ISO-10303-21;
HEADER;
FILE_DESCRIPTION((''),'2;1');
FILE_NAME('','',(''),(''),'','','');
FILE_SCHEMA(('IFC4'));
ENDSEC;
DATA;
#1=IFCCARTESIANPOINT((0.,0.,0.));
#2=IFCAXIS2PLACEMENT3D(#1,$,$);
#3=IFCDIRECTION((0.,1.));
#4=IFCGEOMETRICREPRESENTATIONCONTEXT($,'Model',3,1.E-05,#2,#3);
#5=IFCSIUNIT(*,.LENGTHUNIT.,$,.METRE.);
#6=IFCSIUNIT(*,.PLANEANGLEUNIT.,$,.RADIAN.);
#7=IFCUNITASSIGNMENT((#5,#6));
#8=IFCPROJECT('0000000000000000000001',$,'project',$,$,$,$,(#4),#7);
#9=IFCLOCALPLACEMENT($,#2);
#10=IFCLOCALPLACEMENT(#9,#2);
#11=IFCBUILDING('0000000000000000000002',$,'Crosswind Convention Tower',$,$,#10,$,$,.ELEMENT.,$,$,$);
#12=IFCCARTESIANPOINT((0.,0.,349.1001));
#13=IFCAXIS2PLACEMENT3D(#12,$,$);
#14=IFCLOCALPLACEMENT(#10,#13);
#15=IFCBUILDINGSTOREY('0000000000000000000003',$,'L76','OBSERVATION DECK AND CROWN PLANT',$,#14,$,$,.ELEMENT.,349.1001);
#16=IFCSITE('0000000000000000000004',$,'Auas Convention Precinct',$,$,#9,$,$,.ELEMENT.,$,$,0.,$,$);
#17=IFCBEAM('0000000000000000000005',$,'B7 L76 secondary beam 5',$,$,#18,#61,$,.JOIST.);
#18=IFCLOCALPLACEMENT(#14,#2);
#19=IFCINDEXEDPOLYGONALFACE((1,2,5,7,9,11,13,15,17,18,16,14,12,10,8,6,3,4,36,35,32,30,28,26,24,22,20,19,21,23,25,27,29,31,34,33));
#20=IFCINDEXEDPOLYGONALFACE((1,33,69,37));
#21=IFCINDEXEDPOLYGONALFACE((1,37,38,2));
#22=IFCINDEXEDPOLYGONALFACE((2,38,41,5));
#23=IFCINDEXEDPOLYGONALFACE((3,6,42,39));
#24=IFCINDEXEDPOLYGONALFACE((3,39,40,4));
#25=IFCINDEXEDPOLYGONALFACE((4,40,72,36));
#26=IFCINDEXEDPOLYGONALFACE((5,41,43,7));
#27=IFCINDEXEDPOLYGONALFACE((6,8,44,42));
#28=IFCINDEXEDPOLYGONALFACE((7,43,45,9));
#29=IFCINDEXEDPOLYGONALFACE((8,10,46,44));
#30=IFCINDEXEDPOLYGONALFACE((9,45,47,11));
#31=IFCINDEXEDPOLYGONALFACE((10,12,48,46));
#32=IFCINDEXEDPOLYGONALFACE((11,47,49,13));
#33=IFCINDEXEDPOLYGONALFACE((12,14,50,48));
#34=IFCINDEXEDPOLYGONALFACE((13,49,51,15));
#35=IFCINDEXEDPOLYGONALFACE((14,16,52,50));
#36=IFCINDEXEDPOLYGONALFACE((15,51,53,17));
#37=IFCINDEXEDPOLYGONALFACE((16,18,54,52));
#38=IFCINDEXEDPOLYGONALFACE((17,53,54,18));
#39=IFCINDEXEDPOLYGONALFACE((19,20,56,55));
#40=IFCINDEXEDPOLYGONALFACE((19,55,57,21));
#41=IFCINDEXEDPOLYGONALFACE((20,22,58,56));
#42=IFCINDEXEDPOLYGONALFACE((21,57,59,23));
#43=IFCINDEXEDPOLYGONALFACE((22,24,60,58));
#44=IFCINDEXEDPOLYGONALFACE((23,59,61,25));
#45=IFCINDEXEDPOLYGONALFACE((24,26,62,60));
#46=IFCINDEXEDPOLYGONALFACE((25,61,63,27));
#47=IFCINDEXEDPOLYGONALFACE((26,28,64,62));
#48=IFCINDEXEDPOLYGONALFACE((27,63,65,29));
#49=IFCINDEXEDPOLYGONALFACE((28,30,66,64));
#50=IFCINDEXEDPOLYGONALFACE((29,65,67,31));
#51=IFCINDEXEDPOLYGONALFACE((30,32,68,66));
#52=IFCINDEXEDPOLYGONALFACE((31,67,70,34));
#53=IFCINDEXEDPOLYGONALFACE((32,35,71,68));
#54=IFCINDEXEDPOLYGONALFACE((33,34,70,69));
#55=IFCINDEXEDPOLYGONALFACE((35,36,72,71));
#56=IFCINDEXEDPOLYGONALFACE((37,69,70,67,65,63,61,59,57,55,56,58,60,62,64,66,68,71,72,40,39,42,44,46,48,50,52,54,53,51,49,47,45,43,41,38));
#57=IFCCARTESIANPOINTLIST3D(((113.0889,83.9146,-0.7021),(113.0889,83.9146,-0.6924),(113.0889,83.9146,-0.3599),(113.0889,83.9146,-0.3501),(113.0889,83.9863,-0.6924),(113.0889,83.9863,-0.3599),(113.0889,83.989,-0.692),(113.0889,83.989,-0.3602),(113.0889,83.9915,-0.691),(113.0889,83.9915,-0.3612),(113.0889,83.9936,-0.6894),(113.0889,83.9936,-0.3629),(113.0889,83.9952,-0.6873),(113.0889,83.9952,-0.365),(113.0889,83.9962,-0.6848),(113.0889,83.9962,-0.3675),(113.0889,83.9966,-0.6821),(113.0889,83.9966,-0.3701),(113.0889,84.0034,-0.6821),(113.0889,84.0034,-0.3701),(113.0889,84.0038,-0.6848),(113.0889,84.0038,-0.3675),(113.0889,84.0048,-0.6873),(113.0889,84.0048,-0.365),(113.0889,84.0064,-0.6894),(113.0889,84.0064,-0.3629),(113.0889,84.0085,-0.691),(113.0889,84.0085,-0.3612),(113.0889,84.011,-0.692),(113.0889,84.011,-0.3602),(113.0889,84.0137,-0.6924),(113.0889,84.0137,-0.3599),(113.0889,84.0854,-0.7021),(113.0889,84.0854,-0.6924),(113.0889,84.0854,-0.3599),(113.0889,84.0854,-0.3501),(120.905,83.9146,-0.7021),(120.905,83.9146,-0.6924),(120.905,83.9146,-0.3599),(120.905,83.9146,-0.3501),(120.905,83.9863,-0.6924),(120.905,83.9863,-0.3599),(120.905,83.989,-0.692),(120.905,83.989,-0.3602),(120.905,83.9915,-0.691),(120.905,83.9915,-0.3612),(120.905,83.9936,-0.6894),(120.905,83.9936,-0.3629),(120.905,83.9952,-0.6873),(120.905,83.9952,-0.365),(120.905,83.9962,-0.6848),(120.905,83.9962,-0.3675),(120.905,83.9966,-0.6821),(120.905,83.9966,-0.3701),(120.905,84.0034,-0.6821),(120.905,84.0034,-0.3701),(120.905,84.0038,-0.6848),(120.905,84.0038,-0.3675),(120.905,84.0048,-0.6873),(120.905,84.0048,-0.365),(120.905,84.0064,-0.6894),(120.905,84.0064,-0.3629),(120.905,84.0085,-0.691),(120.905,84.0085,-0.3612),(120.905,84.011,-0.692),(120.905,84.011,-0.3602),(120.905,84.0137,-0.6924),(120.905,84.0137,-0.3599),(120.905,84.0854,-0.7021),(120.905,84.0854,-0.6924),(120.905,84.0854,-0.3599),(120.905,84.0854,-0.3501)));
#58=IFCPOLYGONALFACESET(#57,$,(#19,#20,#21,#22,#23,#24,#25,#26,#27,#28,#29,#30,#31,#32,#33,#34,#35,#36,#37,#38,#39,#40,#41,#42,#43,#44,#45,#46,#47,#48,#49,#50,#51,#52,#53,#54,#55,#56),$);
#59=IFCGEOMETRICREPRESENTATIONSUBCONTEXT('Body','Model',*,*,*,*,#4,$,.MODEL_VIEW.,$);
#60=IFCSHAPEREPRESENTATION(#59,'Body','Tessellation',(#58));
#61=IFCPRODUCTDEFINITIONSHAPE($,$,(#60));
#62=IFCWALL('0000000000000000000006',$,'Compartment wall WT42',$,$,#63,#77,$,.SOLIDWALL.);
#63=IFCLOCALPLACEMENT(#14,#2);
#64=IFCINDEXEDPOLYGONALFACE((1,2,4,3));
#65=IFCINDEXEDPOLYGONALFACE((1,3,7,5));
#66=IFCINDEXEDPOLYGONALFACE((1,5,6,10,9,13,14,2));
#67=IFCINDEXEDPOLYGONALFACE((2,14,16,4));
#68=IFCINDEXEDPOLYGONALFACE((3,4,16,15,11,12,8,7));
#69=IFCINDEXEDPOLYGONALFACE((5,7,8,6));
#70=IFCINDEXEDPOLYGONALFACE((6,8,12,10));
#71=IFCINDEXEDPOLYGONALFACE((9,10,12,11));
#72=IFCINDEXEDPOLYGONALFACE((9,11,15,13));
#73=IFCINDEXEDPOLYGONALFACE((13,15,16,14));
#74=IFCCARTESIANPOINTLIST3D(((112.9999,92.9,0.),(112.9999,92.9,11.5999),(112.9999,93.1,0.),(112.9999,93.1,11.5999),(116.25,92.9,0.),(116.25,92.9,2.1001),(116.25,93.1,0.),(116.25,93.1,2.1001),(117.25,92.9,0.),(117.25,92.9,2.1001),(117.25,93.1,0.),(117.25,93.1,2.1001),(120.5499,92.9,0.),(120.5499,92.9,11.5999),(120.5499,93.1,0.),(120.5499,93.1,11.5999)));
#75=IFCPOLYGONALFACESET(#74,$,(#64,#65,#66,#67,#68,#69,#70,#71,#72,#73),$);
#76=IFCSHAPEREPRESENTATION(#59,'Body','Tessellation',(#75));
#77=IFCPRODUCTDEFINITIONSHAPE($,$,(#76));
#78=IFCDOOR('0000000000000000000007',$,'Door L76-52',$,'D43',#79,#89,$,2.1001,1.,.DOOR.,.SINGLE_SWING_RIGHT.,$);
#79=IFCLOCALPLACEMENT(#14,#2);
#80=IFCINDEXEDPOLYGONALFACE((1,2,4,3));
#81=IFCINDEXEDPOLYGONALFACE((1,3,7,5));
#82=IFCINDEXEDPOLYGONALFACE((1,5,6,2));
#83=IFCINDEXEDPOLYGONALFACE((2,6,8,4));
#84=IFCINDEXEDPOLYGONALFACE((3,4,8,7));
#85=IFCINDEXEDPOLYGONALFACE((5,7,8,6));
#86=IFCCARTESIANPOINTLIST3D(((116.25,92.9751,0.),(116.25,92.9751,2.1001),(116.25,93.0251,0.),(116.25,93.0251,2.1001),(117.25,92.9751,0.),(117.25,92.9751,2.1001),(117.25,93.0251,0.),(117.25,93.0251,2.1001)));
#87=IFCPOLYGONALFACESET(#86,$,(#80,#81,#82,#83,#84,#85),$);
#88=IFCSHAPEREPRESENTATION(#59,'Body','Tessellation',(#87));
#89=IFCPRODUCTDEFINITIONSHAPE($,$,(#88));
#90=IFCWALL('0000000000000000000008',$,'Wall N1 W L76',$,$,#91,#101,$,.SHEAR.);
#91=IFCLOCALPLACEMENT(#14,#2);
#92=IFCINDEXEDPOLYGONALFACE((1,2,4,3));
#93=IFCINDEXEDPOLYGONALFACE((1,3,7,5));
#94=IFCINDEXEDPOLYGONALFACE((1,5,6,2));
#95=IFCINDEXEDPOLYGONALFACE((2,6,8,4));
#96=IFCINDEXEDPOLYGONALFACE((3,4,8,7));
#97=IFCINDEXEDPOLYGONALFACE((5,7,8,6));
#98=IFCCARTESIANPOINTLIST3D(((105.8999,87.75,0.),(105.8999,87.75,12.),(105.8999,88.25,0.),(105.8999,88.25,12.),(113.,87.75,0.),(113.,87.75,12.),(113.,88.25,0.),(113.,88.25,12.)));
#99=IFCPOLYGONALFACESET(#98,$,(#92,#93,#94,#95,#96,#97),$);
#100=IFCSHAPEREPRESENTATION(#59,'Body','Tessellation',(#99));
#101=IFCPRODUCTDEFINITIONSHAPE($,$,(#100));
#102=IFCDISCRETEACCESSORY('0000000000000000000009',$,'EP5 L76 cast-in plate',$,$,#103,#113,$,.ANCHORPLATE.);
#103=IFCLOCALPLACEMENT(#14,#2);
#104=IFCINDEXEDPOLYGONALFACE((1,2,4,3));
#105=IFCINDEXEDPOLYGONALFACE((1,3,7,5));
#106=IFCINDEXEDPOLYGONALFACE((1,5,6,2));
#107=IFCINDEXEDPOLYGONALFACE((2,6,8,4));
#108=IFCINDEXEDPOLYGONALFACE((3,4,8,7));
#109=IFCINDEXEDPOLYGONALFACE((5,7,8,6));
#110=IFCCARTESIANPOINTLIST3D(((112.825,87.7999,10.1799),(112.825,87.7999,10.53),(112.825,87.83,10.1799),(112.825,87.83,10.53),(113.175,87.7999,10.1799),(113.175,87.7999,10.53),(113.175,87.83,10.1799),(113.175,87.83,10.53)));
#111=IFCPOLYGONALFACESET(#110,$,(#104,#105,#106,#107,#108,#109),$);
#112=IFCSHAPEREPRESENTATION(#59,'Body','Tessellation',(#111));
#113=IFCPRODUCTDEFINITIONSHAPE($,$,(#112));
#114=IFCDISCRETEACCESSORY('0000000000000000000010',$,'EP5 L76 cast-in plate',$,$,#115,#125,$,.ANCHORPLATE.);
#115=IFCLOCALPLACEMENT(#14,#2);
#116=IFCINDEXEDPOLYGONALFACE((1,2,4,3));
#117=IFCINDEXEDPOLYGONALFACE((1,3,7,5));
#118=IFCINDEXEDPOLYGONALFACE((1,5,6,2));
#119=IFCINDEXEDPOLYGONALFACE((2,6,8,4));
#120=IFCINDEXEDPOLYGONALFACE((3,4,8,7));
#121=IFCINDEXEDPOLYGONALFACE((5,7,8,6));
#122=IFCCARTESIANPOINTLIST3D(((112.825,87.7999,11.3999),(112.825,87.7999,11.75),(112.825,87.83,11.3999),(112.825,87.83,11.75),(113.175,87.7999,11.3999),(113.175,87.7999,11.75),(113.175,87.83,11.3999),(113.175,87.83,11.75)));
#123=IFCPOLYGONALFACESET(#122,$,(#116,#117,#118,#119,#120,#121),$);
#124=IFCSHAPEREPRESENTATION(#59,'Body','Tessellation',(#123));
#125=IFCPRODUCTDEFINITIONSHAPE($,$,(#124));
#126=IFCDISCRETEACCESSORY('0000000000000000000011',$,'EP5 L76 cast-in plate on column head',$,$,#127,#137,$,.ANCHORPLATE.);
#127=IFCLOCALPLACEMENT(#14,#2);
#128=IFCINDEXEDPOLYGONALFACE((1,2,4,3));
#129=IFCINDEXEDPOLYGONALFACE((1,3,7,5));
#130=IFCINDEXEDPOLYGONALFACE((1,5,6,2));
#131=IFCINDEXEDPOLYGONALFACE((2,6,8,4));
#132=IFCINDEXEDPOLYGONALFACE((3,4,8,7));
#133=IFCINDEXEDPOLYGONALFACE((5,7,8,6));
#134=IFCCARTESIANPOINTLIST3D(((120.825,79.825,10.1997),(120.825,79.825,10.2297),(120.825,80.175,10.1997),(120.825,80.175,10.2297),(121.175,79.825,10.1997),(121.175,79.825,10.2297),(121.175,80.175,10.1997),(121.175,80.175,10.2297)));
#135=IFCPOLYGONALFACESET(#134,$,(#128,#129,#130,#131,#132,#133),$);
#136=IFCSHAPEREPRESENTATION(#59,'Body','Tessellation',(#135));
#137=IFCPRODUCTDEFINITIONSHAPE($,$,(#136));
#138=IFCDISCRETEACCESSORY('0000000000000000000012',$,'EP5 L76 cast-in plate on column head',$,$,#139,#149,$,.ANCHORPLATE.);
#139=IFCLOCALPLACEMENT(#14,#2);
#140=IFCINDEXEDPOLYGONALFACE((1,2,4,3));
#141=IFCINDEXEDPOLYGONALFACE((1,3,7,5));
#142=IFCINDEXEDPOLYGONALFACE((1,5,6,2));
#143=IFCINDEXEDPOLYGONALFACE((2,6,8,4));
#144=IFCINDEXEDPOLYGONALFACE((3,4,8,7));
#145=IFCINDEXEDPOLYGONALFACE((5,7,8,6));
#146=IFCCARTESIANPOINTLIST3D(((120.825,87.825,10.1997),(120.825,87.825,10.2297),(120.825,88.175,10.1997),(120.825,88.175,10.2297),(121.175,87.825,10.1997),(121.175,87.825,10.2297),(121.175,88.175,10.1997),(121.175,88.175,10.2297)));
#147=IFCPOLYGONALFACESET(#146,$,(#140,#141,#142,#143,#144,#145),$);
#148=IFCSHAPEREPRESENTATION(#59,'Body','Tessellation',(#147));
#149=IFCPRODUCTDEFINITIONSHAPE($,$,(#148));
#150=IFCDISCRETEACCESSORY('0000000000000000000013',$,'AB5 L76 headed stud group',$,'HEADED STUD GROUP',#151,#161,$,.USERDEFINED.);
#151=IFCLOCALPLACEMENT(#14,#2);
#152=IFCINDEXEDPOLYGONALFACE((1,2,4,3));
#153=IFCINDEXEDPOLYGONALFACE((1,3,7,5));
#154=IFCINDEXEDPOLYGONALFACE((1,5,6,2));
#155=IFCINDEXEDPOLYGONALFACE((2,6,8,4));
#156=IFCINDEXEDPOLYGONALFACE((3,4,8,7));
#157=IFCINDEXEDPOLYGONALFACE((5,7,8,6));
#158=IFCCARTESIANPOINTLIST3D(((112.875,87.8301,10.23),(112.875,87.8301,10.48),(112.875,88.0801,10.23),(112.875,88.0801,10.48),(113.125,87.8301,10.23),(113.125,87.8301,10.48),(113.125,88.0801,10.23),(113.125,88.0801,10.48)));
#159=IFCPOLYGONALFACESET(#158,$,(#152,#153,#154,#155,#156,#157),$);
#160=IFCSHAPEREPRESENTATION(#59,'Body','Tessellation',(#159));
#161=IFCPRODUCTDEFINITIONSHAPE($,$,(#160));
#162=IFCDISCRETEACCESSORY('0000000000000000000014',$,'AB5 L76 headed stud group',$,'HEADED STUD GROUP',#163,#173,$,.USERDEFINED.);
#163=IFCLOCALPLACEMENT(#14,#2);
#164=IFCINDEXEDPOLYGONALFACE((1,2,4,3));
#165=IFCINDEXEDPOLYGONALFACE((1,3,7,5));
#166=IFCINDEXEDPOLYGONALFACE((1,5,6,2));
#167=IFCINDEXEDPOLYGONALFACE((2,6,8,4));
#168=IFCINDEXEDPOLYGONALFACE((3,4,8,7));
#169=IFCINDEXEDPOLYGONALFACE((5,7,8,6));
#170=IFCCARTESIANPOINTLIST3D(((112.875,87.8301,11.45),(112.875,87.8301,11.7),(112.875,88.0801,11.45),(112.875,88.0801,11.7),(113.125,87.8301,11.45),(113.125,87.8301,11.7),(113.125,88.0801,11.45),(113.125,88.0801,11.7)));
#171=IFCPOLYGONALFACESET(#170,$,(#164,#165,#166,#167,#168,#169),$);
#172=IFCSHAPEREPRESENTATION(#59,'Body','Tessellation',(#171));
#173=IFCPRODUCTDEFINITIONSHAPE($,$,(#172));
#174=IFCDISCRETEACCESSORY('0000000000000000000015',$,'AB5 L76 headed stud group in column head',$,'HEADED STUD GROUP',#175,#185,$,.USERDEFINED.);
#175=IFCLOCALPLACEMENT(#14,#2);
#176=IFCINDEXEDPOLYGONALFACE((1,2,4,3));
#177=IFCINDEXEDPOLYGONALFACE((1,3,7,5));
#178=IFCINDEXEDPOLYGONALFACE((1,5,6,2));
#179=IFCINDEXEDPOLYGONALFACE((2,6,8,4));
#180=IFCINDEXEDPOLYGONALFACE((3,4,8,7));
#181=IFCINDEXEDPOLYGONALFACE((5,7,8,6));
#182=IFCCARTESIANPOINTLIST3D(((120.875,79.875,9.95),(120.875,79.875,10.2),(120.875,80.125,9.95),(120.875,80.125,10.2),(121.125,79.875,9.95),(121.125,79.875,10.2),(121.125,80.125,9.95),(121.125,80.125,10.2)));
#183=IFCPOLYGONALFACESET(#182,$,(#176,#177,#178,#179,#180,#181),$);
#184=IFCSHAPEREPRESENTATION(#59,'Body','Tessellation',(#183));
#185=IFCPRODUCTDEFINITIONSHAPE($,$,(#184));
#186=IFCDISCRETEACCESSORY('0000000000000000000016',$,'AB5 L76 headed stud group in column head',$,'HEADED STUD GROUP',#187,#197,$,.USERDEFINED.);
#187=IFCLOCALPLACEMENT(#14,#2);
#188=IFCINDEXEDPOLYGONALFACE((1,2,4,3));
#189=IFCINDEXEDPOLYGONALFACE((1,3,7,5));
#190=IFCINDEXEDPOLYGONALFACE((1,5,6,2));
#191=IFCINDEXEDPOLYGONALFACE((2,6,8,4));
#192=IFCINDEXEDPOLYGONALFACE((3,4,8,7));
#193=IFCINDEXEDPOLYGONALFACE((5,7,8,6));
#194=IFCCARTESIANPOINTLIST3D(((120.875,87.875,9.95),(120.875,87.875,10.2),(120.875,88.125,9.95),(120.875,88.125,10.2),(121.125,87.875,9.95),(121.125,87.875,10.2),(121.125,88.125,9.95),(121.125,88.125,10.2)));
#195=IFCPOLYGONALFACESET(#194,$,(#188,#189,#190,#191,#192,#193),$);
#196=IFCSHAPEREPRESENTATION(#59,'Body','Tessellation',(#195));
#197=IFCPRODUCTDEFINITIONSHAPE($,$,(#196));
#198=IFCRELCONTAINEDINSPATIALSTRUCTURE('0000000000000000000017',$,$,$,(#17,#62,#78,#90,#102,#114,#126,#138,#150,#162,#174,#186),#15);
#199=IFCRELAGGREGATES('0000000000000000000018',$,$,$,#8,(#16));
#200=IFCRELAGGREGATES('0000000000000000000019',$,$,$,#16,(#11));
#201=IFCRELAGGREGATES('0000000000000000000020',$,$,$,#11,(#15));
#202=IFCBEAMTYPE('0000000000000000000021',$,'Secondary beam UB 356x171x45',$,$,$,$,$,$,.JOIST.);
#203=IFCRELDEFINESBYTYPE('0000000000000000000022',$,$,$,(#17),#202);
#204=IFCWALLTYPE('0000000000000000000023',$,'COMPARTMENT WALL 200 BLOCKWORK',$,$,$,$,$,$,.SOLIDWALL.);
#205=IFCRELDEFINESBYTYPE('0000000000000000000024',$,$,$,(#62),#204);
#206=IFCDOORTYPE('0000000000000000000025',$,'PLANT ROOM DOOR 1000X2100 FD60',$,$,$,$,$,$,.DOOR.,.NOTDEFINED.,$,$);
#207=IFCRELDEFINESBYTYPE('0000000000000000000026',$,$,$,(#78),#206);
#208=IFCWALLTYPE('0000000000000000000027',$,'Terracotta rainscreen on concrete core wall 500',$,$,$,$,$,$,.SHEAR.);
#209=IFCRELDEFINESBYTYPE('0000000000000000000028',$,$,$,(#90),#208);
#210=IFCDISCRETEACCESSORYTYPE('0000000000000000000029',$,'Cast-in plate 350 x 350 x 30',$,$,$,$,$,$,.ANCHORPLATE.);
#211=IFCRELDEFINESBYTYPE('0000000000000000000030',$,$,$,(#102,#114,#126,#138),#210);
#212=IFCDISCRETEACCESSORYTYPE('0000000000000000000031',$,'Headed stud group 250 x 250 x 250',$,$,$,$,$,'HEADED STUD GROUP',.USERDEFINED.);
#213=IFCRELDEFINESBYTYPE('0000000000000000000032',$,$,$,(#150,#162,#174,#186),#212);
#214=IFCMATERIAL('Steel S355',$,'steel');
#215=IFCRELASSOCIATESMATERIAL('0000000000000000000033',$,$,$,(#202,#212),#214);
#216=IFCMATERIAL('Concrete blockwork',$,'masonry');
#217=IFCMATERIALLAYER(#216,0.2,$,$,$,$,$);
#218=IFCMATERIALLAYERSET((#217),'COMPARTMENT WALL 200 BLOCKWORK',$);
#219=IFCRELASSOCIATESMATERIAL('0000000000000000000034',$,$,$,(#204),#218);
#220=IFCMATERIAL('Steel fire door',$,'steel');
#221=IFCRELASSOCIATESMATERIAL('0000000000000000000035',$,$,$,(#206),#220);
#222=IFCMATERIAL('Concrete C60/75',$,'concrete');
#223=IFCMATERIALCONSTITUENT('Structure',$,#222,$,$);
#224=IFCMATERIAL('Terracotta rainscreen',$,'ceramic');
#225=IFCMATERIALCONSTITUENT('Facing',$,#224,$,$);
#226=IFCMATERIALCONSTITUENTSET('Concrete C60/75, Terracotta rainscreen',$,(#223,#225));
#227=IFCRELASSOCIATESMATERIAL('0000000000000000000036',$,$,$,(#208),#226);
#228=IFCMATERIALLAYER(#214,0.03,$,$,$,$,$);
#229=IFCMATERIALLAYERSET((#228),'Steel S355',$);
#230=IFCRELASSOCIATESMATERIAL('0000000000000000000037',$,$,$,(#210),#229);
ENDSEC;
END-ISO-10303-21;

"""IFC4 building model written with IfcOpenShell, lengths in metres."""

from ifc_helpers import new_model, si_unit, direction, frame, frame_2d, origin, origin_2d, place, context, subcontext, project, spatial, rectangle, i_section, extrude, material, layer, layer_set, constituent, constituent_set, material_profile, profile_set, type_object, element, fill, save


model = new_model("IFC4")

# Units and contexts
model_context = context("Model", 3, precision=1e-05, world=origin(), true_north=direction((0.0, 1.0)))
body_context = subcontext(model_context, "Body", "Model", "MODEL_VIEW")
ifc_project = project(units=[si_unit("LENGTHUNIT", "METRE"), si_unit("PLANEANGLEUNIT", "RADIAN")], contexts=[model_context])

# Site, building, storey
site_placement = place(None, origin())
site = spatial("IfcSite", under=ifc_project, at=site_placement, Name="Auas Convention Precinct", CompositionType="ELEMENT", RefElevation=0.0)
building_placement = place(site_placement, origin())
building = spatial("IfcBuilding", under=site, at=building_placement, Name="Crosswind Convention Tower", CompositionType="ELEMENT")
storey_placement = place(building_placement, frame((0.0, 0.0, 349.1001)))
storey = spatial("IfcBuildingStorey", under=building, at=storey_placement, Name="L76", Description="OBSERVATION DECK AND CROWN PLANT", CompositionType="ELEMENT", Elevation=349.1001)

# Shared definitions
ifc_material_1 = material(Name="Concrete C60/75", Category="concrete")

# Shared definitions
ifc_material_2 = material(Name="Steel S355", Category="steel")

# Beam
ifc_material_profile_1 = material_profile(ifc_material_2, i_section(OverallWidth=0.1709, OverallDepth=0.3521, WebThickness=0.0068, FlangeThickness=0.0098, FilletRadius=0.0103, at=origin_2d()), Name="UB 356x171x45")
ifc_profile_set_1 = profile_set([ifc_material_profile_1], Name="Steel S355")
beam_type_1 = type_object("IfcBeamType", Name="Secondary beam UB 356x171x45", PredefinedType="JOIST", material=ifc_profile_set_1)
beam_1_placement = place(storey_placement, frame((113.0889, 84.0, -0.5261), z_axis=(1.0, 0.0, 0.0), x_axis=(0.0, 1.0, 0.0)))
element("IfcBeam", 1, at=beam_1_placement, inside=storey, type_object=beam_type_1, Name="B7 L76 secondary beam 5", PredefinedType="JOIST", context=body_context, shape_type="SweptSolid", body=[
    extrude(i_section(OverallWidth=0.1709, OverallDepth=0.3521, WebThickness=0.0068, FlangeThickness=0.0098, FilletRadius=0.0103, at=origin_2d()), origin(), (0.0, 0.0, 1.0), 7.8162),
])

# Wall, opening, door
ifc_material_3 = material(Name="Concrete blockwork", Category="masonry")
ifc_layer_1 = layer(ifc_material_3, 0.2)
ifc_layer_set_1 = layer_set([ifc_layer_1], Name="COMPARTMENT WALL 200 BLOCKWORK")
wall_type_1 = type_object("IfcWallType", Name="COMPARTMENT WALL 200 BLOCKWORK", PredefinedType="SOLIDWALL", material=ifc_layer_set_1)
wall_1_placement = place(storey_placement, frame((113.0, 93.0, 0.0), z_axis=(0.0, 0.0, 1.0), x_axis=(1.0, 0.0, 0.0)))
wall_1 = element("IfcWall", 2, at=wall_1_placement, inside=storey, type_object=wall_type_1, Name="Compartment wall WT42", PredefinedType="SOLIDWALL", context=body_context, shape_type="SweptSolid", body=[
    extrude(rectangle(XDim=7.55, YDim=0.2, at=frame_2d((3.7749, 0.0))), origin(), (0.0, 0.0, 1.0), 11.5999),
])
opening_placement = place(wall_1_placement, frame((3.25, 0.0, 0.0)))
opening = element("IfcOpeningElement", 3, at=opening_placement, cuts=wall_1, PredefinedType="OPENING", context=body_context, shape_type="SweptSolid", body=[
    extrude(rectangle(XDim=1.0, YDim=2.1001, at=frame_2d((0.5, 1.05))), frame((0.0, 0.1099, 0.0), z_axis=(0.0, -1.0, 0.0), x_axis=(1.0, 0.0, 0.0)), (0.0, 0.0, 1.0), 0.22),
])
ifc_material_4 = material(Name="Steel fire door", Category="steel")
door_type = type_object("IfcDoorType", Name="PLANT ROOM DOOR 1000X2100 FD60", OperationType="NOTDEFINED", PredefinedType="DOOR", material=ifc_material_4)
door_placement = place(opening_placement, frame((1.0, 0.0, 0.0), z_axis=(0.0, 0.0, 1.0), x_axis=(-1.0, 0.0, 0.0)))
door = element("IfcDoor", 4, at=door_placement, inside=storey, type_object=door_type, Name="Door L76-52", ObjectType="D43", OperationType="SINGLE_SWING_RIGHT", OverallHeight=2.1001, OverallWidth=1.0, PredefinedType="DOOR", context=body_context, shape_type="SweptSolid", body=[
    extrude(rectangle(XDim=1.0, YDim=2.1001, at=frame_2d((0.5, 1.05))), frame((0.0, 0.0249, 0.0), z_axis=(0.0, -1.0, 0.0), x_axis=(1.0, 0.0, 0.0)), (0.0, 0.0, 1.0), 0.05),
])
fill(opening, door)

# Wall
ifc_constituent_1 = constituent(ifc_material_1, Name="Structure")
ifc_material_5 = material(Name="Terracotta rainscreen", Category="ceramic")
ifc_constituent_2 = constituent(ifc_material_5, Name="Facing")
ifc_constituent_set = constituent_set(constituents=[ifc_constituent_1, ifc_constituent_2], Name="Concrete C60/75, Terracotta rainscreen")
wall_type_2 = type_object("IfcWallType", Name="Terracotta rainscreen on concrete core wall 500", PredefinedType="SHEAR", material=ifc_constituent_set)
wall_2_placement = place(storey_placement, frame((113.0, 88.0, 0.0), z_axis=(0.0, 0.0, 1.0), x_axis=(-1.0, 0.0, 0.0)))
element("IfcWall", 5, at=wall_2_placement, inside=storey, type_object=wall_type_2, Name="Wall N1 W L76", PredefinedType="SHEAR", context=body_context, shape_type="SweptSolid", body=[
    extrude(rectangle(XDim=7.1001, YDim=0.5, at=frame_2d((3.55, 0.0))), origin(), (0.0, 0.0, 1.0), 12.0),
])

# Discrete accessories
ifc_layer_2 = layer(ifc_material_2, 0.03)
ifc_layer_set_2 = layer_set([ifc_layer_2], Name="Steel S355")
discrete_accessory_type_1 = type_object("IfcDiscreteAccessoryType", Name="Cast-in plate 350 x 350 x 30", PredefinedType="ANCHORPLATE", material=ifc_layer_set_2)
for number, where, z_axis, x_axis, name in (
    (6, (113.0, 87.8149, 10.1799), (0.0, 0.0, 1.0), (1.0, 0.0, 0.0), "EP5 L76 cast-in plate"),
    (7, (113.0, 87.8149, 11.3999), (0.0, 0.0, 1.0), (1.0, 0.0, 0.0), "EP5 L76 cast-in plate"),
):
    element("IfcDiscreteAccessory", number, at=place(storey_placement, frame(where, z_axis=z_axis, x_axis=x_axis)), inside=storey, type_object=discrete_accessory_type_1, Name=name, PredefinedType="ANCHORPLATE", context=body_context, shape_type="SweptSolid", body=[
        extrude(rectangle(XDim=0.3501, YDim=0.03, at=origin_2d()), origin(), (0.0, 0.0, 1.0), 0.3501),
    ])
for number, where, z_axis, x_axis, name in (
    (8, (121.0, 80.0, 10.1997), (0.0, 0.0, 1.0), (1.0, 0.0, 0.0), "EP5 L76 cast-in plate on column head"),
    (9, (121.0, 88.0, 10.1997), (0.0, 0.0, 1.0), (1.0, 0.0, 0.0), "EP5 L76 cast-in plate on column head"),
):
    element("IfcDiscreteAccessory", number, at=place(storey_placement, frame(where, z_axis=z_axis, x_axis=x_axis)), inside=storey, type_object=discrete_accessory_type_1, Name=name, PredefinedType="ANCHORPLATE", context=body_context, shape_type="SweptSolid", body=[
        extrude(rectangle(XDim=0.3501, YDim=0.3501, at=origin_2d()), origin(), (0.0, 0.0, 1.0), 0.03),
    ])
discrete_accessory_type_2 = type_object("IfcDiscreteAccessoryType", Name="Headed stud group 250 x 250 x 250", ElementType="HEADED STUD GROUP", PredefinedType="USERDEFINED", material=ifc_material_2)
for number, where, z_axis, x_axis, name in (
    (10, (113.0, 87.9551, 10.23), (0.0, 0.0, 1.0), (1.0, 0.0, 0.0), "AB5 L76 headed stud group"),
    (11, (113.0, 87.9551, 11.45), (0.0, 0.0, 1.0), (1.0, 0.0, 0.0), "AB5 L76 headed stud group"),
    (12, (121.0, 80.0, 9.95), (0.0, 0.0, 1.0), (1.0, 0.0, 0.0), "AB5 L76 headed stud group in column head"),
    (13, (121.0, 88.0, 9.95), (0.0, 0.0, 1.0), (1.0, 0.0, 0.0), "AB5 L76 headed stud group in column head"),
):
    element("IfcDiscreteAccessory", number, at=place(storey_placement, frame(where, z_axis=z_axis, x_axis=x_axis)), inside=storey, type_object=discrete_accessory_type_2, Name=name, ObjectType="HEADED STUD GROUP", PredefinedType="USERDEFINED", context=body_context, shape_type="SweptSolid", body=[
        extrude(rectangle(XDim=0.25, YDim=0.25, at=origin_2d()), origin(), (0.0, 0.0, 1.0), 0.25),
    ])

save(model, "model.ifc")
